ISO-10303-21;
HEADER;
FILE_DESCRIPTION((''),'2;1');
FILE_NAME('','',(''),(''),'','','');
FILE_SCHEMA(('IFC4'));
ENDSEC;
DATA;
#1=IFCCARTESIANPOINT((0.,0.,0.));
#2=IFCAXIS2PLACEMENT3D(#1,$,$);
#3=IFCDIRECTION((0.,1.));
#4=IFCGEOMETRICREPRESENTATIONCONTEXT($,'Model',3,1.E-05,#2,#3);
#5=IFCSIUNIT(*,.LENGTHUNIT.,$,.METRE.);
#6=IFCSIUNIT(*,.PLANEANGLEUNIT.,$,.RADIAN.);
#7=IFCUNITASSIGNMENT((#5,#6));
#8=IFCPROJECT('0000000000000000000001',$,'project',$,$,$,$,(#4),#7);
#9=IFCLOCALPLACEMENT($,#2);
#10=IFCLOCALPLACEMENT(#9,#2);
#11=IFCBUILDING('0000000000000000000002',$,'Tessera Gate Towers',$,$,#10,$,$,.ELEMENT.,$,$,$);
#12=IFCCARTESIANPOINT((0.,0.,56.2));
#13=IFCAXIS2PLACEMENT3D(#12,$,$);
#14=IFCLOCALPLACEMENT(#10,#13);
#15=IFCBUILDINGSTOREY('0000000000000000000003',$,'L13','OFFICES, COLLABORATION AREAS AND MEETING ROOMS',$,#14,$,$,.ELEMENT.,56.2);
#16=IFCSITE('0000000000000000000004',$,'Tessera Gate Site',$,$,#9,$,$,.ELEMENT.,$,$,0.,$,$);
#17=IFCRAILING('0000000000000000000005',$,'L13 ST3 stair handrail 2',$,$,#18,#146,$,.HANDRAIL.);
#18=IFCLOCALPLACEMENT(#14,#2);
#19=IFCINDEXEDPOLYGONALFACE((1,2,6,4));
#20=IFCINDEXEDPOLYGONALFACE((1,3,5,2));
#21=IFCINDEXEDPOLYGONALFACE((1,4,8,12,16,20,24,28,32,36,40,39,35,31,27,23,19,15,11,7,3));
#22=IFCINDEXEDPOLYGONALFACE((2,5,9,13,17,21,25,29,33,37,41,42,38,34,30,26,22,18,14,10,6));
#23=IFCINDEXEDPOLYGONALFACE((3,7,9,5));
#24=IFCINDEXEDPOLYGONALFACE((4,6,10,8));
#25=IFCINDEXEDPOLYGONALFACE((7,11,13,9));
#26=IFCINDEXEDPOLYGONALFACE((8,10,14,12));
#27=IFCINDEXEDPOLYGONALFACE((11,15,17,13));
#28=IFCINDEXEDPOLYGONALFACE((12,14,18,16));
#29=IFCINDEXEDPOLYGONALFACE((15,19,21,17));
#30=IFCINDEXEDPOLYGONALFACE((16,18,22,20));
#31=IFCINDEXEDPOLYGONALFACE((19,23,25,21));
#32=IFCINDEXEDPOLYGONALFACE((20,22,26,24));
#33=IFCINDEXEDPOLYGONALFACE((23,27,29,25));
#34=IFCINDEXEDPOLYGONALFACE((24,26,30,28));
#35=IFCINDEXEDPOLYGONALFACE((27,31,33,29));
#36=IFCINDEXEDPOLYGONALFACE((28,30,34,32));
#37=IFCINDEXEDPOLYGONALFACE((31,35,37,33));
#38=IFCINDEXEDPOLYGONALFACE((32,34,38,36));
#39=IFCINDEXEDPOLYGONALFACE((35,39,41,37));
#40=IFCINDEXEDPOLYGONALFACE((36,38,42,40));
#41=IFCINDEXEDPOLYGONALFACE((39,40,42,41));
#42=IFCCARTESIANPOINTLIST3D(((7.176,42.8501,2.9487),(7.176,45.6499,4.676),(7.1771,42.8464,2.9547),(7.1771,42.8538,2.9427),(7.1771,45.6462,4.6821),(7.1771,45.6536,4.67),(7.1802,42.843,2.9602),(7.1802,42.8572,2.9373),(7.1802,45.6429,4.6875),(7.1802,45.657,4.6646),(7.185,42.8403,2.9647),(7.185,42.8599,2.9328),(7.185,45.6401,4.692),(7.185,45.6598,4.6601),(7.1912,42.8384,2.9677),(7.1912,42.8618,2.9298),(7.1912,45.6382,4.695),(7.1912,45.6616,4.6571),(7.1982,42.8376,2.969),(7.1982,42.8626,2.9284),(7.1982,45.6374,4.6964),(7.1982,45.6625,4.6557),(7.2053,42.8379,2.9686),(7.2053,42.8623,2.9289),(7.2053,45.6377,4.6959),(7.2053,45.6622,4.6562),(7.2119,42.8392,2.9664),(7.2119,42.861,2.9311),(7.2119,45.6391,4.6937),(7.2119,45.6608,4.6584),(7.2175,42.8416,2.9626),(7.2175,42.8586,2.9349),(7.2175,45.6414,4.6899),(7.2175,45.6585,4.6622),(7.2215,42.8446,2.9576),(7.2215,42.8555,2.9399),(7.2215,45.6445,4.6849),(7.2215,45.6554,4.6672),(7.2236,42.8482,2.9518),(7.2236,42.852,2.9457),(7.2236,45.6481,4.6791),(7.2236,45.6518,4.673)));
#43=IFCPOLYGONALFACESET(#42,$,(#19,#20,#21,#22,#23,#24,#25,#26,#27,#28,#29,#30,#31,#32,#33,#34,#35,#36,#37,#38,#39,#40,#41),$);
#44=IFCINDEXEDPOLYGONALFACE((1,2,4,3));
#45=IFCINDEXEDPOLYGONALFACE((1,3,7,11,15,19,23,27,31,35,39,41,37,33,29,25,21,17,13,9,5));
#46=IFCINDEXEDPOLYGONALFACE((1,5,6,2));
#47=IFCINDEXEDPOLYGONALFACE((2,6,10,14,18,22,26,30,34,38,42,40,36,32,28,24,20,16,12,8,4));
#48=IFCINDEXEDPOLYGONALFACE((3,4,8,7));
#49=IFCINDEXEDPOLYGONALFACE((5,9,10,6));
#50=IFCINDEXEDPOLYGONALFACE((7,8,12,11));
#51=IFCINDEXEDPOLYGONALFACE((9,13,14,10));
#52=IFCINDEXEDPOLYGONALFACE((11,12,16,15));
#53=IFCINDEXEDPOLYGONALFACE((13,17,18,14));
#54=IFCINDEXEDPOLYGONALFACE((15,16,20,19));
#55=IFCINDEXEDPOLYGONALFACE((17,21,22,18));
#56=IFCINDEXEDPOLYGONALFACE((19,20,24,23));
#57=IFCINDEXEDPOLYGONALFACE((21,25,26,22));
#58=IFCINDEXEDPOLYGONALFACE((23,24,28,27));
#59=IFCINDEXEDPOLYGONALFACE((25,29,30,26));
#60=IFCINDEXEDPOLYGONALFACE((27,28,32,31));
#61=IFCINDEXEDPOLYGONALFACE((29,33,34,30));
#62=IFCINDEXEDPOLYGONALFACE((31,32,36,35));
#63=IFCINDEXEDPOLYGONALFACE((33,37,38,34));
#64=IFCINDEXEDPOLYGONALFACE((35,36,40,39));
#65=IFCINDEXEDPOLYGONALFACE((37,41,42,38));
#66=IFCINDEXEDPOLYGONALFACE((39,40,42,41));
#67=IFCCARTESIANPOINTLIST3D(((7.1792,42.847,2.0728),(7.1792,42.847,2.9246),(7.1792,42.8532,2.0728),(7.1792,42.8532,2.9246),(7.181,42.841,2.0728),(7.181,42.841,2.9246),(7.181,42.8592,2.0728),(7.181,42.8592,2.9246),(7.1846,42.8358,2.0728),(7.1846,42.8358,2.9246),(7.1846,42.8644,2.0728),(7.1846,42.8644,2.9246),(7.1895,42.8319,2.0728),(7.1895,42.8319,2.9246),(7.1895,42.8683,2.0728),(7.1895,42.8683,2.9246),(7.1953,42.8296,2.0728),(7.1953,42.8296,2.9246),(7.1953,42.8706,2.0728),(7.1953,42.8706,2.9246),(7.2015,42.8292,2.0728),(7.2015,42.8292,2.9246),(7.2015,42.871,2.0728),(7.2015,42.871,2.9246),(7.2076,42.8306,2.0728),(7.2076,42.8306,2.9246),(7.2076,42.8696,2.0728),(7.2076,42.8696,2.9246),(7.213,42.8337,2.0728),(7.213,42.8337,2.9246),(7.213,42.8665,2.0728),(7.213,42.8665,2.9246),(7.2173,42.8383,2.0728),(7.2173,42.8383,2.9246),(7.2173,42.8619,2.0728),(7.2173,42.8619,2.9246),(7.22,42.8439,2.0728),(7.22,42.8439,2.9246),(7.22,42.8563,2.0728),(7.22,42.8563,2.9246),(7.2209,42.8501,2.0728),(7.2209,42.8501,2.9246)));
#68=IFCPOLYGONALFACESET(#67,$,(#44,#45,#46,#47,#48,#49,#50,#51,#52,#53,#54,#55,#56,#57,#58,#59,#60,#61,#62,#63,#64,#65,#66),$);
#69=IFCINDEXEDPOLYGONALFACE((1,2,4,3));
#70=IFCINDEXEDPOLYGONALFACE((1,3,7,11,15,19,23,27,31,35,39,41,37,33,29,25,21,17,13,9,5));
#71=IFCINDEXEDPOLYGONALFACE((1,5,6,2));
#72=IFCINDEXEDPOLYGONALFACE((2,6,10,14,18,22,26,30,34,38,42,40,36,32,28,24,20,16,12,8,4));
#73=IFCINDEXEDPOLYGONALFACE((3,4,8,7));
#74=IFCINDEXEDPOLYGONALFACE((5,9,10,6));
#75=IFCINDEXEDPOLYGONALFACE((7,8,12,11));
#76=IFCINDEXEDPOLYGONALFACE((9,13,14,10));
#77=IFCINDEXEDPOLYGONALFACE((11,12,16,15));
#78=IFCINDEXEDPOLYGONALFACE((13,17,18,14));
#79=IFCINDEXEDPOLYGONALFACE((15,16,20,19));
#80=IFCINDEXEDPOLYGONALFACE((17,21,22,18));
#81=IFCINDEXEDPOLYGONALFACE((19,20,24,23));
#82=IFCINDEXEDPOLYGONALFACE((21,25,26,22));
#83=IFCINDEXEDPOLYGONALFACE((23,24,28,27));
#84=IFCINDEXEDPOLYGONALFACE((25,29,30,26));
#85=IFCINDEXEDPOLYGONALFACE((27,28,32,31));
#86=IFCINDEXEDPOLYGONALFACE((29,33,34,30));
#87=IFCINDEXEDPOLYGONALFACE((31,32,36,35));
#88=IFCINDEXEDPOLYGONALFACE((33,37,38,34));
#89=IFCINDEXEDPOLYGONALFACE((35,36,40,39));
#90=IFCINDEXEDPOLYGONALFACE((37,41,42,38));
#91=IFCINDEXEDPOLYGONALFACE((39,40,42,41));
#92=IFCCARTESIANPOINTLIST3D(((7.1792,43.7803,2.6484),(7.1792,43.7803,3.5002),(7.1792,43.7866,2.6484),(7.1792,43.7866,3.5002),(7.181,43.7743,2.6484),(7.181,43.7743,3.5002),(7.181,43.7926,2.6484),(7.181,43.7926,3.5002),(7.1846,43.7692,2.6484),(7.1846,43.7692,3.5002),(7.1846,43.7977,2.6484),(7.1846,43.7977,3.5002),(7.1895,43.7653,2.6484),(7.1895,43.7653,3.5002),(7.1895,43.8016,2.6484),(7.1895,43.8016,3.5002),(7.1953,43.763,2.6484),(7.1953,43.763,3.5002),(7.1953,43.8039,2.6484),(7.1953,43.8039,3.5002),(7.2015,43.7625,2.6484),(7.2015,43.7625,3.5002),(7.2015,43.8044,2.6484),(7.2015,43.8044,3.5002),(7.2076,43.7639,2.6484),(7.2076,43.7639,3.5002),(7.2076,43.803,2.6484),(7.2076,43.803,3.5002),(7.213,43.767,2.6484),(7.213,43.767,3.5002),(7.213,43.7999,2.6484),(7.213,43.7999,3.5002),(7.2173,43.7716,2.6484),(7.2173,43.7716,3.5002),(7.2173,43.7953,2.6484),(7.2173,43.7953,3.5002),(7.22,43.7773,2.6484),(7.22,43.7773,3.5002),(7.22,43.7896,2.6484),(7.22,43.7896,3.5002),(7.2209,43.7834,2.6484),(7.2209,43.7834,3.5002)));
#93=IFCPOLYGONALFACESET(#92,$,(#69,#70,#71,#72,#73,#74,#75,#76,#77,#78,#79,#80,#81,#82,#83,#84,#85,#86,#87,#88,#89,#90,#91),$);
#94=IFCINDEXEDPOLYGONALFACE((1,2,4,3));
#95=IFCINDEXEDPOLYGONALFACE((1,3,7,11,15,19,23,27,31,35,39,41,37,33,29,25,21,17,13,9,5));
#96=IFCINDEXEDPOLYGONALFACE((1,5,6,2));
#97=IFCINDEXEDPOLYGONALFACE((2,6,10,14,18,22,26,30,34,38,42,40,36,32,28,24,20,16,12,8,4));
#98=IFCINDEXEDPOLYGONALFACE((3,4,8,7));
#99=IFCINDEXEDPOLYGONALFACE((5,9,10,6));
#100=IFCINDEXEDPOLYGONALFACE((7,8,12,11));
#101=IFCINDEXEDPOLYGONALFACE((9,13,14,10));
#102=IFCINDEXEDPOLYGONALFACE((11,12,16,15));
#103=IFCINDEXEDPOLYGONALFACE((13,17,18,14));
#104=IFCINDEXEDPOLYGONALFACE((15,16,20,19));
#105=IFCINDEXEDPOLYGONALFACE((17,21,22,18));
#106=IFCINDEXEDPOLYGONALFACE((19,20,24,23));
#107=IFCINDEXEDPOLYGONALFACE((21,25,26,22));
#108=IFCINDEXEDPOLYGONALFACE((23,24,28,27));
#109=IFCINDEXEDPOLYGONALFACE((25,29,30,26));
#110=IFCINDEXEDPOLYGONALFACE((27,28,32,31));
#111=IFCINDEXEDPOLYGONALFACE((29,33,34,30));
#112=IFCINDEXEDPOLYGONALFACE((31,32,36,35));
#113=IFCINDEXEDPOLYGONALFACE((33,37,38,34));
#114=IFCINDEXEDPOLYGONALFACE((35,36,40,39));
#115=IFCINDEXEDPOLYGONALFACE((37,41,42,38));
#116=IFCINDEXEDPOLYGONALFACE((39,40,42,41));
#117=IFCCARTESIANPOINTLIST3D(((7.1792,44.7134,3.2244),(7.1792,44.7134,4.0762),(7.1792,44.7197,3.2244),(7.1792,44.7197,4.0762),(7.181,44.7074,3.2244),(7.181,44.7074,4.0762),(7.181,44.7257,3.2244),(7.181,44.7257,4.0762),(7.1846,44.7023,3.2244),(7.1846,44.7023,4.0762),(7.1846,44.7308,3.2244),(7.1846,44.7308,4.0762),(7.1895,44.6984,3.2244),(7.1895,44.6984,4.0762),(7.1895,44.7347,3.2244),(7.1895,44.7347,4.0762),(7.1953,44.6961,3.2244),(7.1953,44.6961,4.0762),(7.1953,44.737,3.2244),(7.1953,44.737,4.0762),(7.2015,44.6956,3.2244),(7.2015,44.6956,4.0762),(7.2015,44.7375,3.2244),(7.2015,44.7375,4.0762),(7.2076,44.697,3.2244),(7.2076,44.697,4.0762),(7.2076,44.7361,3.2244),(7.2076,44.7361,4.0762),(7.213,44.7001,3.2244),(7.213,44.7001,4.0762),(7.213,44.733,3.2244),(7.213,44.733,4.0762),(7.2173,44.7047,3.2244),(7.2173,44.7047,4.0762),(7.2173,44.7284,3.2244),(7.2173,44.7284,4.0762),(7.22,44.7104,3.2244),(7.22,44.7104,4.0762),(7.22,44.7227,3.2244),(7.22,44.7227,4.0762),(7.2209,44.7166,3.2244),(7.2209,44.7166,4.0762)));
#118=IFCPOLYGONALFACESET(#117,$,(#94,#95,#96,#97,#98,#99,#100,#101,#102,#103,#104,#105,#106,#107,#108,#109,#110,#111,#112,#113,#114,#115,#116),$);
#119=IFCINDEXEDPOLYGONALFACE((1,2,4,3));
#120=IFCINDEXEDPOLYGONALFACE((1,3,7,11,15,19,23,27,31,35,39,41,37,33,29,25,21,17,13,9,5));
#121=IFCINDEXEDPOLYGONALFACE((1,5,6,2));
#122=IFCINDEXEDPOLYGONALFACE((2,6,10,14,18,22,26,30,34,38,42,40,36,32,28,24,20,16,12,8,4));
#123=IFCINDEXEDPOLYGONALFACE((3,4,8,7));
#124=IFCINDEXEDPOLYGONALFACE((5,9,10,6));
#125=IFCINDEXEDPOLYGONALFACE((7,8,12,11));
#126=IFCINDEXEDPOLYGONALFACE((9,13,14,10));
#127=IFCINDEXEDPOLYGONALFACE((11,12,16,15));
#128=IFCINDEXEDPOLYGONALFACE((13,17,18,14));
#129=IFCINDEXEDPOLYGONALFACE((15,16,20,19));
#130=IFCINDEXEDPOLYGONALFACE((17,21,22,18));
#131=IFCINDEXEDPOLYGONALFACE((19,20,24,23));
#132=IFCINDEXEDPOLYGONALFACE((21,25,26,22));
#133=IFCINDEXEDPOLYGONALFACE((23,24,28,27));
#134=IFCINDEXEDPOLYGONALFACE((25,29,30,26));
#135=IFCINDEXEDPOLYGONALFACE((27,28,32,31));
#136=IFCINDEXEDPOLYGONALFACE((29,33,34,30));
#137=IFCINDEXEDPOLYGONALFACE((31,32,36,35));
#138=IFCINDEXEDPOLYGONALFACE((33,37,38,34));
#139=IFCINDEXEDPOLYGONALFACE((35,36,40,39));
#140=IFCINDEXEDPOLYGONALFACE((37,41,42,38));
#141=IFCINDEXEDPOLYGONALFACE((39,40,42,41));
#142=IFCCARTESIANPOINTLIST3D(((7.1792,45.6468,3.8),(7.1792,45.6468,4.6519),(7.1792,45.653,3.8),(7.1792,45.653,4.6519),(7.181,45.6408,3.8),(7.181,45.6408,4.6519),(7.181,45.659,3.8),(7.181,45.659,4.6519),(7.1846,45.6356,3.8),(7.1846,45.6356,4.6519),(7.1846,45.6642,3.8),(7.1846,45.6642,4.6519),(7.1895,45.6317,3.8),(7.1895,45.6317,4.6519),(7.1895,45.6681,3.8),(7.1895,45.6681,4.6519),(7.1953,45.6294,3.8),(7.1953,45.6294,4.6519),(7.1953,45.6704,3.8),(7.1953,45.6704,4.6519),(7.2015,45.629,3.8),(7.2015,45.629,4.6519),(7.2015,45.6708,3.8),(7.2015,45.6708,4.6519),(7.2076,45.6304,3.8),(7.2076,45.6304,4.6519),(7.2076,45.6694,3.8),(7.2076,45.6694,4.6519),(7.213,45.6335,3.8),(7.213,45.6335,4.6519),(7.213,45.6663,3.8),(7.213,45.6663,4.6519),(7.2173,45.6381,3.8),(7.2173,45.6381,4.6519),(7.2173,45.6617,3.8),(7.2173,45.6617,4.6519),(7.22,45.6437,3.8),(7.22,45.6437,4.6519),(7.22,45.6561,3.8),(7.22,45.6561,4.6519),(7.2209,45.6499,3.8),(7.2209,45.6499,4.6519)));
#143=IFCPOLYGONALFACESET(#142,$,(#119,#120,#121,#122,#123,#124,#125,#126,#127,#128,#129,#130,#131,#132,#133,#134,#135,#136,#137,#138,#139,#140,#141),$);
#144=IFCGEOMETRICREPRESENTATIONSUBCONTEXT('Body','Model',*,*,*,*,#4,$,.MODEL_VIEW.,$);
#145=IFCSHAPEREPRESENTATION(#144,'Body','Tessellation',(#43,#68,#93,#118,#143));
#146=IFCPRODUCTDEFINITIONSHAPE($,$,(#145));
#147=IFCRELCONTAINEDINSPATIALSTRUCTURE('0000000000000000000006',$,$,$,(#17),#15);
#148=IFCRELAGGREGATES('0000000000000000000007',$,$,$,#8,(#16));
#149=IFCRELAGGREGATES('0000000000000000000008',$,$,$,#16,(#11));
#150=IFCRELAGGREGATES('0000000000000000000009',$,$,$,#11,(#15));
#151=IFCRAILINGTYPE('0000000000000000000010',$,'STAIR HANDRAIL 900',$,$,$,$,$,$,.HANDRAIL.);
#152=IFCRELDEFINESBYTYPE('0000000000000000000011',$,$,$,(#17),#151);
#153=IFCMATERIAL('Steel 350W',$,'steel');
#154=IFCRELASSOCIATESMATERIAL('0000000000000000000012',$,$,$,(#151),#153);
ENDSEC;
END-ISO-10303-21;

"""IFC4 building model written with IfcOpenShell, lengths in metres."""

from ifc_helpers import new_model, si_unit, direction, frame, origin, origin_2d, place, context, subcontext, project, spatial, circle, extrude, material, type_object, element, save


model = new_model("IFC4")

# Units and contexts
model_context = context("Model", 3, precision=1e-05, world=origin(), true_north=direction((0.0, 1.0)))
body_context = subcontext(model_context, "Body", "Model", "MODEL_VIEW")
ifc_project = project(units=[si_unit("LENGTHUNIT", "METRE"), si_unit("PLANEANGLEUNIT", "RADIAN")], contexts=[model_context])

# Site, building, storey
site_placement = place(None, origin())
site = spatial("IfcSite", under=ifc_project, at=site_placement, Name="Tessera Gate Site", CompositionType="ELEMENT", RefElevation=0.0)
building_placement = place(site_placement, origin())
building = spatial("IfcBuilding", under=site, at=building_placement, Name="Tessera Gate Towers", CompositionType="ELEMENT")
storey_placement = place(building_placement, frame((0.0, 0.0, 56.2)))
storey = spatial("IfcBuildingStorey", under=building, at=storey_placement, Name="L13", Description="OFFICES, COLLABORATION AREAS AND MEETING ROOMS", CompositionType="ELEMENT", Elevation=56.2)

# Railing
ifc_material_1 = material(Name="Steel 350W", Category="steel")
railing_type_1 = type_object("IfcRailingType", Name="STAIR HANDRAIL 900", PredefinedType="HANDRAIL", material=ifc_material_1)
railing_1_placement = place(storey_placement, frame((7.2, 42.8501, 2.0728)))
element("IfcRailing", 1, at=railing_1_placement, inside=storey, type_object=railing_type_1, Name="L13 ST3 stair handrail 2", PredefinedType="HANDRAIL", context=body_context, shape_type="SweptSolid", body=[
    extrude(circle(Radius=0.0239, at=origin_2d()), frame((0.0, 0.0, 0.876), z_axis=(0.0, 0.851069, 0.525054), x_axis=(-1.0, 0.0, 0.0)), (0.0, 0.0, 1.0), 3.2898),
    extrude(circle(Radius=0.021, at=origin_2d()), origin(), (0.0, 0.0, 1.0), 0.8518),
    extrude(circle(Radius=0.021, at=origin_2d()), frame((0.0, 0.9333, 0.5757)), (0.0, 0.0, 1.0), 0.8518),
    extrude(circle(Radius=0.021, at=origin_2d()), frame((0.0, 1.8665, 1.1516)), (0.0, 0.0, 1.0), 0.8518),
    extrude(circle(Radius=0.021, at=origin_2d()), frame((0.0, 2.7998, 1.7273)), (0.0, 0.0, 1.0), 0.8518),
])

save(model, "model.ifc")
